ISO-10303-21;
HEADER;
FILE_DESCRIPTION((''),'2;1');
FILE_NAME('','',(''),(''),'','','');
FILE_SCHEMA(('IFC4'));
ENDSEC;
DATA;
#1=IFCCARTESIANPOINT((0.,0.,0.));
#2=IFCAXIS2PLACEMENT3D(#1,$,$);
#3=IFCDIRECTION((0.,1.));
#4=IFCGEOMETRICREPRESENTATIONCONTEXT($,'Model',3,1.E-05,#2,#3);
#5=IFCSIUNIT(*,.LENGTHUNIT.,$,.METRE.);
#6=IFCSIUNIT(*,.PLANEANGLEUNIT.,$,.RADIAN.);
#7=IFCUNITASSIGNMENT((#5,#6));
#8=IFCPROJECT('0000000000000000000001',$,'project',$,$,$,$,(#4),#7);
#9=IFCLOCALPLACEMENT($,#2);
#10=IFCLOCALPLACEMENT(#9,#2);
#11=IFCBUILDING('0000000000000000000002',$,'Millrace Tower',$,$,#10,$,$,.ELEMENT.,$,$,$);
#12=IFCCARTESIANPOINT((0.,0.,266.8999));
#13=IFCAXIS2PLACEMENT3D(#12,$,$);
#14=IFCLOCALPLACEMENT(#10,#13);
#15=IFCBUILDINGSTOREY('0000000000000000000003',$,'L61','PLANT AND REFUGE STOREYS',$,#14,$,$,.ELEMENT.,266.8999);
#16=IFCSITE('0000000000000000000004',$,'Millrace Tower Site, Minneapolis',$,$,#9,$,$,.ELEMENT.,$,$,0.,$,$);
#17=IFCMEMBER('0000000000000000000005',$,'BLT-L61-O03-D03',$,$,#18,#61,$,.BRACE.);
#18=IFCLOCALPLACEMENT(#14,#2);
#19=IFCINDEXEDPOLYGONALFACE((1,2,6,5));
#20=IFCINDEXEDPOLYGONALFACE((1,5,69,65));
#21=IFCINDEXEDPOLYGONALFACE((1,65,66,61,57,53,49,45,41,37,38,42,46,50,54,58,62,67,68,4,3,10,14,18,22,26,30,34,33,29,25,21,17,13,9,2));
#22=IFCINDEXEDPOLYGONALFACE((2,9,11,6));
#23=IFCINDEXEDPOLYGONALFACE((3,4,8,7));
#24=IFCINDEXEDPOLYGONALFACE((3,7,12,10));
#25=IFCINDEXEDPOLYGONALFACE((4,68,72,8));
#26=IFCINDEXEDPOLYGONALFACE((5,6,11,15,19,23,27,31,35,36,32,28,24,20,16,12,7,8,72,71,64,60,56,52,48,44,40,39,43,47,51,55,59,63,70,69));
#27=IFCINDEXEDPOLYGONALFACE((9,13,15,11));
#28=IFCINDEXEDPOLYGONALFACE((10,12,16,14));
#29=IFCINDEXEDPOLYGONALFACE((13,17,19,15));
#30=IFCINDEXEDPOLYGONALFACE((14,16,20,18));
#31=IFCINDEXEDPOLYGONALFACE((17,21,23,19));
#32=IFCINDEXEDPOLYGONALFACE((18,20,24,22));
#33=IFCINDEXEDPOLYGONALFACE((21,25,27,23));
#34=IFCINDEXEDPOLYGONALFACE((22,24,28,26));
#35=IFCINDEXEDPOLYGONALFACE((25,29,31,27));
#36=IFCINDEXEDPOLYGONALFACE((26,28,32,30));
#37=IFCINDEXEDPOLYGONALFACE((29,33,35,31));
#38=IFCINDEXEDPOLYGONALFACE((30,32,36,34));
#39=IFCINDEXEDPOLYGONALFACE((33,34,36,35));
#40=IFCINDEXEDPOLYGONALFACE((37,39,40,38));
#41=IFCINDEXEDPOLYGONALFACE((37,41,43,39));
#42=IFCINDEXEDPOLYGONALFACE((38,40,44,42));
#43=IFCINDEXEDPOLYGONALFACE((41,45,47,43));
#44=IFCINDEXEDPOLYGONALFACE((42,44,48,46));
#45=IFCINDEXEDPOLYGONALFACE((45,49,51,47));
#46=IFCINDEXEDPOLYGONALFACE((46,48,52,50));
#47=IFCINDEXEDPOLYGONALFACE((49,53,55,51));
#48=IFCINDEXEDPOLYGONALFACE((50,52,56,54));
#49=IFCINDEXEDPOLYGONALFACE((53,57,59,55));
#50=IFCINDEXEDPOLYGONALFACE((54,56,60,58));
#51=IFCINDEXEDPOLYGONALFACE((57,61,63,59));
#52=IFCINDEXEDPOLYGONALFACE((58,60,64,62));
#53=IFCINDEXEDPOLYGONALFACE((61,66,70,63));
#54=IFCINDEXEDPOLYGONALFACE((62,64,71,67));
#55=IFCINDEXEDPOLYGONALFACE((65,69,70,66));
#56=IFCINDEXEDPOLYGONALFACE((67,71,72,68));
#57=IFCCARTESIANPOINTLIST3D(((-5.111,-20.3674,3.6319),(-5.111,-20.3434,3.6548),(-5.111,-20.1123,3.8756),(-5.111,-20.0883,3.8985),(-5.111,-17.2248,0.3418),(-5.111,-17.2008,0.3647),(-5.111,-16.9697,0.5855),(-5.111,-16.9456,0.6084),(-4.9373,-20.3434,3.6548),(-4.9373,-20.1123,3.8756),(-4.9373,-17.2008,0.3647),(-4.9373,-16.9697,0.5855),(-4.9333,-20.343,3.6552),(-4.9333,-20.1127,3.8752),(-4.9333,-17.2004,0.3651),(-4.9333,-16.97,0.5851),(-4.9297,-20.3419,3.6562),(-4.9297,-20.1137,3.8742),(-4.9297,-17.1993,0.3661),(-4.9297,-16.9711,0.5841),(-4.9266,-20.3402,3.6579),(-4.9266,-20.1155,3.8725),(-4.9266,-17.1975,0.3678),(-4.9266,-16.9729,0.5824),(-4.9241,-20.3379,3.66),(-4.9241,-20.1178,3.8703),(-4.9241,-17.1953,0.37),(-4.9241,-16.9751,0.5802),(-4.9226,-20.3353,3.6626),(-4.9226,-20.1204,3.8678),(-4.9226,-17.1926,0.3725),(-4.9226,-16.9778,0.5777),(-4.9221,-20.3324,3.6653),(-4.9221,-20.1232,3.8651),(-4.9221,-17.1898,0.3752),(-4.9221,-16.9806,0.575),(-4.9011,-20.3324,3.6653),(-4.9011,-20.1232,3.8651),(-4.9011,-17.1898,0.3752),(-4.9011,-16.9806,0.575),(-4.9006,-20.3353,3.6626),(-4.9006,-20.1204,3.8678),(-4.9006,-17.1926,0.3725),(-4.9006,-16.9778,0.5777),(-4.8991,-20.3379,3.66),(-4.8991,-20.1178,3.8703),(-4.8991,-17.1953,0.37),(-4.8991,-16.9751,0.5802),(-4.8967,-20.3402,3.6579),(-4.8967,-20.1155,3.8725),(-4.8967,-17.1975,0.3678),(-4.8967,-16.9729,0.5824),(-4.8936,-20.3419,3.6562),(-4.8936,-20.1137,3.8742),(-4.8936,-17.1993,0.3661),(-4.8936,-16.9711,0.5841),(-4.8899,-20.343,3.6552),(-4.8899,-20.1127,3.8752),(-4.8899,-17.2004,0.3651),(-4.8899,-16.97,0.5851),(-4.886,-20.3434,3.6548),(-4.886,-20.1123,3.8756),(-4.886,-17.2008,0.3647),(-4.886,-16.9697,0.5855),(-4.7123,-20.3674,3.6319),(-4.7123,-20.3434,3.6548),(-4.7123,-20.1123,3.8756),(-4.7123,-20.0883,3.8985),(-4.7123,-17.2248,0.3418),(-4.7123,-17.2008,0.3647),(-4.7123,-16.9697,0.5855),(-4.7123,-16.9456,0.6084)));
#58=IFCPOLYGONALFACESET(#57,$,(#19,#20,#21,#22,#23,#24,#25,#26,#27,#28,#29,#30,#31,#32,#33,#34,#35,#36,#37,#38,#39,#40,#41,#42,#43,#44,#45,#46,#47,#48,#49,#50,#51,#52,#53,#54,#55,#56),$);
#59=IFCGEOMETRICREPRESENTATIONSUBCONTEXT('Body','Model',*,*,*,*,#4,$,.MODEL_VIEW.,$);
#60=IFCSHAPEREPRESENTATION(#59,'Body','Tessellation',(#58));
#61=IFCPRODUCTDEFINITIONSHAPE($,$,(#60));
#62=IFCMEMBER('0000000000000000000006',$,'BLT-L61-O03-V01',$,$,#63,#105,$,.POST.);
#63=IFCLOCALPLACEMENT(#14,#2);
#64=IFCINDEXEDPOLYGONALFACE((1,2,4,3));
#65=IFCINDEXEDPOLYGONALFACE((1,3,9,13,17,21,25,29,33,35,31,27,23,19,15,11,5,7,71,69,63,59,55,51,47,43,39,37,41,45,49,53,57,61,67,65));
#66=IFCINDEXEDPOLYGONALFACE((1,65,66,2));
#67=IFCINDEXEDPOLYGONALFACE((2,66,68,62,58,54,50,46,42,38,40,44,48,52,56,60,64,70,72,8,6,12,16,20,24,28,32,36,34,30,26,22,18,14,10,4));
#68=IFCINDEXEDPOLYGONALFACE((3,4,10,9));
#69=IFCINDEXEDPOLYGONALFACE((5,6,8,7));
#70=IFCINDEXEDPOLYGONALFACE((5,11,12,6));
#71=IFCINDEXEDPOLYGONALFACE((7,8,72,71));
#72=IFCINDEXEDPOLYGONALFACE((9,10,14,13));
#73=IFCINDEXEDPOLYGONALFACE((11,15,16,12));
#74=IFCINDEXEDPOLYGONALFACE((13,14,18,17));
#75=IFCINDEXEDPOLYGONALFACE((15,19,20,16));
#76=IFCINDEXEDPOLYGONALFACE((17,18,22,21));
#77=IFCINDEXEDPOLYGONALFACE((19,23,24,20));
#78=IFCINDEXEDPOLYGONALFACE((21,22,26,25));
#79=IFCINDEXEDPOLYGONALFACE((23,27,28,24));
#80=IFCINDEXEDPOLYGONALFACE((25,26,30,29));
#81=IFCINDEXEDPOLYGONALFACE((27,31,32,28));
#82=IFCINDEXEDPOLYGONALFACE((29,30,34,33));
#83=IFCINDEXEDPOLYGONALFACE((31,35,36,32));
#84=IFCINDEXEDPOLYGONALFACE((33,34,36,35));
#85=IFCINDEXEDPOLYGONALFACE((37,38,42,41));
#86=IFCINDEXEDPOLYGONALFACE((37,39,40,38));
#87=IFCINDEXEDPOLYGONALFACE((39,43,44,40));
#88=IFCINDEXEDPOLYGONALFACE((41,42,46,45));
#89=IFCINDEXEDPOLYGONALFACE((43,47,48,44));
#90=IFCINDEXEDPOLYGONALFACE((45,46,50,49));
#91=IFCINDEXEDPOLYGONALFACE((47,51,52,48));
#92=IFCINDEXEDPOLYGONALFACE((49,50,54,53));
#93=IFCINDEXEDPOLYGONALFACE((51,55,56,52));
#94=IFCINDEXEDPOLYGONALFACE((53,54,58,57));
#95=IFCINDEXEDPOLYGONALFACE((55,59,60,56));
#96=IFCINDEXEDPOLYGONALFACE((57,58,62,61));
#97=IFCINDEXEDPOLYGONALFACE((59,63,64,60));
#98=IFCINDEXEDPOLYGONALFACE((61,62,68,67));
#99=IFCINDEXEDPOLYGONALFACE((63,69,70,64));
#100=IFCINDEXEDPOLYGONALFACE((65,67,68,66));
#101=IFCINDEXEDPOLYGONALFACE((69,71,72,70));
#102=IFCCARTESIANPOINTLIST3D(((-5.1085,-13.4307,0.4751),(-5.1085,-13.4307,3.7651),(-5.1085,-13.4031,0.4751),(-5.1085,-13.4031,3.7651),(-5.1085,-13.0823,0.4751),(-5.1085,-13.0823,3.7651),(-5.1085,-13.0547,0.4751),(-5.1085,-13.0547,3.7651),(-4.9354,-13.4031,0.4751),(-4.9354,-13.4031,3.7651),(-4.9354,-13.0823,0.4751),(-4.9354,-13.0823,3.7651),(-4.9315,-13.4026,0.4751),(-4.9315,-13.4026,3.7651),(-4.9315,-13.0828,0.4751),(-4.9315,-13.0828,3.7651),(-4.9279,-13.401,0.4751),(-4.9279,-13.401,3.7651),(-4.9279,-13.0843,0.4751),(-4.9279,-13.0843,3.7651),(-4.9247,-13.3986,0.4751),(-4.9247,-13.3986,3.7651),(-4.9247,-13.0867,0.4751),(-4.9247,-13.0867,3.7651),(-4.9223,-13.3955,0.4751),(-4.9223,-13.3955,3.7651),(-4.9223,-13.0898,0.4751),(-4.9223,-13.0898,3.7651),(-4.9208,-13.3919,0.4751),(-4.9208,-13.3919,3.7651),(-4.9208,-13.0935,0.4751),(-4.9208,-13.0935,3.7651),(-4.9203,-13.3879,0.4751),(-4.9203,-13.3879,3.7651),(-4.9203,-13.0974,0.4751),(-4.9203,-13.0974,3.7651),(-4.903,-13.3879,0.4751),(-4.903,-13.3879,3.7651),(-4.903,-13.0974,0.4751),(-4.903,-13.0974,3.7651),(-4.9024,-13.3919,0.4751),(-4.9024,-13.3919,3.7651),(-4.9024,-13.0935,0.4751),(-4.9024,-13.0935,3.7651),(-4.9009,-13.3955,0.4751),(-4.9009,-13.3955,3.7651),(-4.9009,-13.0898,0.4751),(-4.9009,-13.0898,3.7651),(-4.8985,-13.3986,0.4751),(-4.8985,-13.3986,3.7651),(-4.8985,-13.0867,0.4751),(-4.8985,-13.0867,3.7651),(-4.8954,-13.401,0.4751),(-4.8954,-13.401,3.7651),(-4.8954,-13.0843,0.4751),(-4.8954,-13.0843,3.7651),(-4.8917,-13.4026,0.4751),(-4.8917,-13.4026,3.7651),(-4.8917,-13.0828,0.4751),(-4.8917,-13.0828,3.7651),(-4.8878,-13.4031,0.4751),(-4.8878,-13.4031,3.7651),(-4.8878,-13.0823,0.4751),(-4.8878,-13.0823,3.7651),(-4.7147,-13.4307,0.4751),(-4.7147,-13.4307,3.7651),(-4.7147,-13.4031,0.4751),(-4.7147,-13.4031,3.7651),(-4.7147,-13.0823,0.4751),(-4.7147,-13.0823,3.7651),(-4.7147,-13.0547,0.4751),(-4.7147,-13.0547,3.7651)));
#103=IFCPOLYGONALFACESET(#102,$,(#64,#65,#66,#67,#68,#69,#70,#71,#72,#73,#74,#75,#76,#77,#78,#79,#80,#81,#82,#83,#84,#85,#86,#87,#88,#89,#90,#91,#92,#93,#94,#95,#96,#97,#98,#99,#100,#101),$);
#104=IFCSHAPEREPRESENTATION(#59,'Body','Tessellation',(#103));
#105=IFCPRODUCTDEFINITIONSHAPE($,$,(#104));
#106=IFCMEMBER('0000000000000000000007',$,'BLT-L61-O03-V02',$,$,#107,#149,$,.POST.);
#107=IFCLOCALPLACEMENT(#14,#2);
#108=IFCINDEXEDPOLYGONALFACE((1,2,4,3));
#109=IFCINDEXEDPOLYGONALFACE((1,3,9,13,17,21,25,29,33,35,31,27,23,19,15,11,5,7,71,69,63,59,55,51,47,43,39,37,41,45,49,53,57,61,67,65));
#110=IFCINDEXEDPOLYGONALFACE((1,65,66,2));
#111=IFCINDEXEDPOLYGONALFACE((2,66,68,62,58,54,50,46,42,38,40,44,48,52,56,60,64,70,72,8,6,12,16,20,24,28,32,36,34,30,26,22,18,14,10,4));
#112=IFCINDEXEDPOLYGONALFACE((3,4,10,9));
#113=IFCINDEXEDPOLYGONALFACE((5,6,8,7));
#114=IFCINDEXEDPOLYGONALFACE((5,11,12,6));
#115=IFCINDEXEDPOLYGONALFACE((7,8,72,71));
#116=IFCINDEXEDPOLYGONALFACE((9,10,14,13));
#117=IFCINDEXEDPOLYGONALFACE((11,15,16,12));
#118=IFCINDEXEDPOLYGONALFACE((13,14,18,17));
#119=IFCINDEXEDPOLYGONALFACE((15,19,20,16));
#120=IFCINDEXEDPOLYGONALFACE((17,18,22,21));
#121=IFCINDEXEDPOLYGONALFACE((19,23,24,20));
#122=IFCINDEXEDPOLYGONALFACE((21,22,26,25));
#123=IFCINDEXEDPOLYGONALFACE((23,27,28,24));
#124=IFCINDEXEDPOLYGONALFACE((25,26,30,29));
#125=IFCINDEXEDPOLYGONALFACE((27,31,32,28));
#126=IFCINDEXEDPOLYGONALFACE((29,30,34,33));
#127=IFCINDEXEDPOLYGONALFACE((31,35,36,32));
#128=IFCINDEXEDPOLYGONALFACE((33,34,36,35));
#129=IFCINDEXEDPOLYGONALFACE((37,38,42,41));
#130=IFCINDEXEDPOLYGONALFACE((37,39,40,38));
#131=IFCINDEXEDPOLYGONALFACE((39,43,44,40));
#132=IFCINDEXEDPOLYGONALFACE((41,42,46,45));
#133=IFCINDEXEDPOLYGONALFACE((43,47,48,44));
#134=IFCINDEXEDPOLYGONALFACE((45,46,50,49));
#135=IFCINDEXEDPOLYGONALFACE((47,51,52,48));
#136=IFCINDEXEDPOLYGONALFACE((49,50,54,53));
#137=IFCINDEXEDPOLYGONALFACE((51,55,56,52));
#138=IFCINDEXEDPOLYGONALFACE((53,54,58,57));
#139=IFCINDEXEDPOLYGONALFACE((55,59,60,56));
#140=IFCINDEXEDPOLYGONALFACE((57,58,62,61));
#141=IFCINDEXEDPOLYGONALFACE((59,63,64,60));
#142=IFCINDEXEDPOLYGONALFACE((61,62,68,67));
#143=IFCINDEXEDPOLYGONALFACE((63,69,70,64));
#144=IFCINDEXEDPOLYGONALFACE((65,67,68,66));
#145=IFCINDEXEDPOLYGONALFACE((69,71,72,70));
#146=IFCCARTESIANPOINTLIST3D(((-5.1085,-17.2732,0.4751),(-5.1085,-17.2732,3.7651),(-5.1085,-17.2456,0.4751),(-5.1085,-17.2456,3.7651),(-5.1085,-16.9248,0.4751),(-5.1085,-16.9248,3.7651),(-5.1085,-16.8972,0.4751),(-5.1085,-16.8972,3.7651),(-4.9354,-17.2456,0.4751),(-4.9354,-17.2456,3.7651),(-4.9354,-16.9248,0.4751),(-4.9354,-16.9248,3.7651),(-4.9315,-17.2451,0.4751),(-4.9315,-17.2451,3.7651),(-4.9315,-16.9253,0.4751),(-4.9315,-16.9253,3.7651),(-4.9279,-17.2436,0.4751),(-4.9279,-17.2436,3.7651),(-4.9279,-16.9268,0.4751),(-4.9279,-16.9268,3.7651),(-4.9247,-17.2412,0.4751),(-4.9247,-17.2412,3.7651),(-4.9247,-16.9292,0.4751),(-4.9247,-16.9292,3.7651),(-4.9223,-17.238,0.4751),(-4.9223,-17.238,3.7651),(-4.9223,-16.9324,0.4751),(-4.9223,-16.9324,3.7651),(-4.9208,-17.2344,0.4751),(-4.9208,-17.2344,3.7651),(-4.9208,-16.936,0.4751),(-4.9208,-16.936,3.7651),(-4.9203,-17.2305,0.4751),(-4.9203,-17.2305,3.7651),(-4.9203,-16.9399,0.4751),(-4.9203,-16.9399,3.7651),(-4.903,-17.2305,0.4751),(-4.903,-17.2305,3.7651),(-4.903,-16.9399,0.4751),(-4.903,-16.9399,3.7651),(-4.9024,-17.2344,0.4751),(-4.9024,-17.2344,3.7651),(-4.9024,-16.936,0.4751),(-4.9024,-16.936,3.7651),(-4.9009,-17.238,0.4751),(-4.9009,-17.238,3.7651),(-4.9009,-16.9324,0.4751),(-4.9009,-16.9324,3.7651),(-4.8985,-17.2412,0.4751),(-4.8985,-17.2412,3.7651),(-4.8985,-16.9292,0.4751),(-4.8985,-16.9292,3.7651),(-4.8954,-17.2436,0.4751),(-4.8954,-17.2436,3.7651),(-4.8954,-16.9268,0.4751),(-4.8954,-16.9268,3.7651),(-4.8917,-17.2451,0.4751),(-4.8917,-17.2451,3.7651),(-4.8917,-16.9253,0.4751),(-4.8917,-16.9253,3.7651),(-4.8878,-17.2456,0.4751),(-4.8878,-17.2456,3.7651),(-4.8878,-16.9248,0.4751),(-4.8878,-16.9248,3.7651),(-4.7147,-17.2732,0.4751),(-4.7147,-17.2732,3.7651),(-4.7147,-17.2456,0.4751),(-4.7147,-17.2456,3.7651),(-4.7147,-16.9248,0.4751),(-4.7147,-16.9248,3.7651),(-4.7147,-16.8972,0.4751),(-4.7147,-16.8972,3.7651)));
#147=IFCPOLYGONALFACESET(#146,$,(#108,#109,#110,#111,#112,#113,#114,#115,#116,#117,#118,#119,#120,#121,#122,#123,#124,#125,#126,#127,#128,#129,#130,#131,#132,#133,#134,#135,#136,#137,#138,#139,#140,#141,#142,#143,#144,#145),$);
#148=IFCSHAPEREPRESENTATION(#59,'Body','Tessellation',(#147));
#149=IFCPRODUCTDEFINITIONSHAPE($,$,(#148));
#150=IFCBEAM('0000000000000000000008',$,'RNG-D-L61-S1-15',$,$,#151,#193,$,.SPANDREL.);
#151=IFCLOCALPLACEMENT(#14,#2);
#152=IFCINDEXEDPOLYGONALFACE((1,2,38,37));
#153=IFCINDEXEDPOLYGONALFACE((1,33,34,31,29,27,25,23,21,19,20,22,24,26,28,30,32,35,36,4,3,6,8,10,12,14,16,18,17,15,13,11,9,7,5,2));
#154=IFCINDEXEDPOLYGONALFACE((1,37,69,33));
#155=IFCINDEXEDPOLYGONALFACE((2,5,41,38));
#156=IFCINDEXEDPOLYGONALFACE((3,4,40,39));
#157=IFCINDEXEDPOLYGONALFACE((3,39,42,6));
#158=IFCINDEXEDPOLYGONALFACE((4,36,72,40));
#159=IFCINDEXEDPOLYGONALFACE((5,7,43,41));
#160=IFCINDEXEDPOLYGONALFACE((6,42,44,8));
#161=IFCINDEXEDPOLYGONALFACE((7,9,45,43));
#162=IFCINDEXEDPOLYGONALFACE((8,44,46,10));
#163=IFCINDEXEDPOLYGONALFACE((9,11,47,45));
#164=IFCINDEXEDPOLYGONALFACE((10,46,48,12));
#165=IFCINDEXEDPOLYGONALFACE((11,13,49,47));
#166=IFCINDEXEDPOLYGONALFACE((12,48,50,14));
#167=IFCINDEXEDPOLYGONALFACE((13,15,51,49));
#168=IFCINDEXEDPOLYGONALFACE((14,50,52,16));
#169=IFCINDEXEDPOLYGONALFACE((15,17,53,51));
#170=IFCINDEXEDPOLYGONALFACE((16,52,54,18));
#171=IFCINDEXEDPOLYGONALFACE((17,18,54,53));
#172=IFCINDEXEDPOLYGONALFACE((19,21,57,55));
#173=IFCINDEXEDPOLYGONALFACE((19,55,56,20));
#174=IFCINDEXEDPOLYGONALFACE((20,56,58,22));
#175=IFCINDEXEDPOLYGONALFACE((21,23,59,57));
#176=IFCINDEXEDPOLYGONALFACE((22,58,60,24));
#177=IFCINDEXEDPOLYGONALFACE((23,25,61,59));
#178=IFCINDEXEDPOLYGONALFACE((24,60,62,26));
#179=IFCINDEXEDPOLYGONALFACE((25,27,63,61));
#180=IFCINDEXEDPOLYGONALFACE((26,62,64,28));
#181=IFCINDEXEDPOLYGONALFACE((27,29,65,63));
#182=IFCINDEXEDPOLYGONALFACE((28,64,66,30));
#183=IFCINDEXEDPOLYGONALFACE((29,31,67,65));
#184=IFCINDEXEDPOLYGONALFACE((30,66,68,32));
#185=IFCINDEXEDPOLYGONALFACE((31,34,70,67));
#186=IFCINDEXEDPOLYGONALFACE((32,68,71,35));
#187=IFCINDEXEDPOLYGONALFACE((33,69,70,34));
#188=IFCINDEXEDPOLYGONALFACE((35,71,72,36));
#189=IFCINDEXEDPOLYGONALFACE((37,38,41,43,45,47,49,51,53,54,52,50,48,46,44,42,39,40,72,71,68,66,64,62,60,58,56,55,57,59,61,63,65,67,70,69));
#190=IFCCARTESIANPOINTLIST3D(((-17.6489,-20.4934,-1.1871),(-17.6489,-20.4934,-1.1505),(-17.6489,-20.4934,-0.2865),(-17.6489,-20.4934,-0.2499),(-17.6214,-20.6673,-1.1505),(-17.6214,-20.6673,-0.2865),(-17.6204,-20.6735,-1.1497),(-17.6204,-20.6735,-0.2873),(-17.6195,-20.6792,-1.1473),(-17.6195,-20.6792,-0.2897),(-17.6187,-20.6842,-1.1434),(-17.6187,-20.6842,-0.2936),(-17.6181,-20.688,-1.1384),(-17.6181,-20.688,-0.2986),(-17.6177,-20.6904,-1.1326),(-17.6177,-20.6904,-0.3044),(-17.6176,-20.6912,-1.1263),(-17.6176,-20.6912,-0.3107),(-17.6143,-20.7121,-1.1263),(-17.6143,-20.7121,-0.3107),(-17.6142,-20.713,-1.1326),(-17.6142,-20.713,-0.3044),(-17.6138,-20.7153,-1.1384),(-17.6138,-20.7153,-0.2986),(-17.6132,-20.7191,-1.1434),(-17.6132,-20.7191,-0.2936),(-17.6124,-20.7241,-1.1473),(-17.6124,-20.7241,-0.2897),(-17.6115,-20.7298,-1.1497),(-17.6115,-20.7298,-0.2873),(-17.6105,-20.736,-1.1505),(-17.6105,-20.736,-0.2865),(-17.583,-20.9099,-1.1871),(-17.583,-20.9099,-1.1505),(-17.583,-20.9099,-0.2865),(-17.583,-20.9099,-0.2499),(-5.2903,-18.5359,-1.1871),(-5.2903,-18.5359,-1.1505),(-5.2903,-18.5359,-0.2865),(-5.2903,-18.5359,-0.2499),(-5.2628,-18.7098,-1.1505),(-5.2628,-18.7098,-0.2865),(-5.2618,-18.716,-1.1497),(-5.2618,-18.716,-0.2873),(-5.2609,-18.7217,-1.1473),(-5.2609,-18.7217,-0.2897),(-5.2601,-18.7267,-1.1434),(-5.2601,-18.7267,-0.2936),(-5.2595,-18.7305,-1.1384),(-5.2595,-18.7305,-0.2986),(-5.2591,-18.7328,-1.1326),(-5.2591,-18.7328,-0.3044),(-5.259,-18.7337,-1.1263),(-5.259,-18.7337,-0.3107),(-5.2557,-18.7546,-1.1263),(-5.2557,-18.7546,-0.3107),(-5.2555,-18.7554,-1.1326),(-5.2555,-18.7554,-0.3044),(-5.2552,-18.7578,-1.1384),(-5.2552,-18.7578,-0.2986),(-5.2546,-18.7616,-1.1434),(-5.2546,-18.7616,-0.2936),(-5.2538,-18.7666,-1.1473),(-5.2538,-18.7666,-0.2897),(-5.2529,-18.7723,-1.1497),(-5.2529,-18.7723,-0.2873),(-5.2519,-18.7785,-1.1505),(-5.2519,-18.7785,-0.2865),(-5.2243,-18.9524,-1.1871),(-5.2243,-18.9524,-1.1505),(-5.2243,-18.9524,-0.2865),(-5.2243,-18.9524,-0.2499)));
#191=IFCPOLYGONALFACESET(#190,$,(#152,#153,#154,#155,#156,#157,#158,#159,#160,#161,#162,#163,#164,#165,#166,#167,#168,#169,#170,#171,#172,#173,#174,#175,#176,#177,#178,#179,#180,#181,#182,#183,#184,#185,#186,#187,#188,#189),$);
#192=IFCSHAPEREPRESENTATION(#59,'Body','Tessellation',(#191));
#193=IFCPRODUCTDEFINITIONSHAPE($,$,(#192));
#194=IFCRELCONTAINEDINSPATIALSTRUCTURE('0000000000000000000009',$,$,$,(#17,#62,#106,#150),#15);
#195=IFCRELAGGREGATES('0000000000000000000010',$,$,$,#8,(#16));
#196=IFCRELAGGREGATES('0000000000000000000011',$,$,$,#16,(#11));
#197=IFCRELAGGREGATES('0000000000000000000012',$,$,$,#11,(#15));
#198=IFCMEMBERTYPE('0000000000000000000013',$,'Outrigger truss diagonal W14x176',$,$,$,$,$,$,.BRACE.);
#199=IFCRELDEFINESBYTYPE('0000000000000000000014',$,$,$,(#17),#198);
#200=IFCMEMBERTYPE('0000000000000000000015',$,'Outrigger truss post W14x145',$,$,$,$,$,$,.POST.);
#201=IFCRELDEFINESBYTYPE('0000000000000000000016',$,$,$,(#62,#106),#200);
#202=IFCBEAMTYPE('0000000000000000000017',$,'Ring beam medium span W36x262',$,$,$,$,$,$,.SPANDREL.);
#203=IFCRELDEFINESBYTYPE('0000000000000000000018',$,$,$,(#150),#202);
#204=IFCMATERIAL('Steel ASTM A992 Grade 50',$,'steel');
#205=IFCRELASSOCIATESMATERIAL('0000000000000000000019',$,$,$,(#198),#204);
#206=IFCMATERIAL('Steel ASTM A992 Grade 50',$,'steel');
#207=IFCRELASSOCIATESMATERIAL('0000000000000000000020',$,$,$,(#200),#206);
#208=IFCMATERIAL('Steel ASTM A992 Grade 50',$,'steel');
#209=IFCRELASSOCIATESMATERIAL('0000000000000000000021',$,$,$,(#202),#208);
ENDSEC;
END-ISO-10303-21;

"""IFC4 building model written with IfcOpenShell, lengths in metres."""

from ifc_helpers import new_model, si_unit, direction, frame, origin, origin_2d, place, context, subcontext, project, spatial, i_section, extrude, material, material_profile, profile_set, type_object, element, save


model = new_model("IFC4")

# Units and contexts
model_context = context("Model", 3, precision=1e-05, world=origin(), true_north=direction((0.0, 1.0)))
body_context = subcontext(model_context, "Body", "Model", "MODEL_VIEW")
ifc_project = project(units=[si_unit("LENGTHUNIT", "METRE"), si_unit("PLANEANGLEUNIT", "RADIAN")], contexts=[model_context])

# Site, building, storey
site_placement = place(None, origin())
site = spatial("IfcSite", under=ifc_project, at=site_placement, Name="Millrace Tower Site, Minneapolis", CompositionType="ELEMENT", RefElevation=0.0)
building_placement = place(site_placement, origin())
building = spatial("IfcBuilding", under=site, at=building_placement, Name="Millrace Tower", CompositionType="ELEMENT")
storey_placement = place(building_placement, frame((0.0, 0.0, 266.8999)))
storey = spatial("IfcBuildingStorey", under=building, at=storey_placement, Name="L61", Description="PLANT AND REFUGE STOREYS", CompositionType="ELEMENT", Elevation=266.8999)

# Members
ifc_material_1 = material(Name="Steel ASTM A992 Grade 50", Category="steel")
ifc_material_profile_1 = material_profile(ifc_material_1, i_section(OverallWidth=0.3987, OverallDepth=0.386, WebThickness=0.021, FlangeThickness=0.0332, FilletRadius=0.0151, at=origin_2d()))
ifc_profile_set_1 = profile_set([ifc_material_profile_1], Name="Steel ASTM A992 Grade 50")
member_type_1 = type_object("IfcMemberType", Name="Outrigger truss diagonal W14x176", PredefinedType="BRACE", material=ifc_profile_set_1)
member_1_placement = place(storey_placement, frame((-4.9116, -17.0852, 0.4751), z_axis=(0.0, -0.690716, 0.723126), x_axis=(1.0, 0.0, 0.0)))
element("IfcMember", 1, at=member_1_placement, inside=storey, type_object=member_type_1, Name="BLT-L61-O03-D03", PredefinedType="BRACE", context=body_context, shape_type="SweptSolid", body=[
    extrude(i_section(OverallWidth=0.3987, OverallDepth=0.386, WebThickness=0.021, FlangeThickness=0.0332, FilletRadius=0.0151, at=origin_2d()), origin(), (0.0, 0.0, 1.0), 4.5498),
])
ifc_material_2 = material(Name="Steel ASTM A992 Grade 50", Category="steel")
ifc_material_profile_2 = material_profile(ifc_material_2, i_section(OverallWidth=0.3938, OverallDepth=0.376, WebThickness=0.0173, FlangeThickness=0.0276, FilletRadius=0.0151, at=origin_2d()))
ifc_profile_set_2 = profile_set([ifc_material_profile_2], Name="Steel ASTM A992 Grade 50")
member_type_2 = type_object("IfcMemberType", Name="Outrigger truss post W14x145", PredefinedType="POST", material=ifc_profile_set_2)
for number, where, z_axis, x_axis, name in (
    (2, (-4.9116, -13.2427, 0.4751), (0.0, 0.0, 1.0), (1.0, 0.0, 0.0), "BLT-L61-O03-V01"),
    (3, (-4.9116, -17.0852, 0.4751), (0.0, 0.0, 1.0), (1.0, 0.0, 0.0), "BLT-L61-O03-V02"),
):
    element("IfcMember", number, at=place(storey_placement, frame(where, z_axis=z_axis, x_axis=x_axis)), inside=storey, type_object=member_type_2, Name=name, PredefinedType="POST", context=body_context, shape_type="SweptSolid", body=[
        extrude(i_section(OverallWidth=0.3938, OverallDepth=0.376, WebThickness=0.0173, FlangeThickness=0.0276, FilletRadius=0.0151, at=origin_2d()), origin(), (0.0, 0.0, 1.0), 3.29),
    ])

# Beam
ifc_material_3 = material(Name="Steel ASTM A992 Grade 50", Category="steel")
ifc_material_profile_3 = material_profile(ifc_material_3, i_section(OverallWidth=0.4216, OverallDepth=0.9373, WebThickness=0.0212, FlangeThickness=0.0366, FilletRadius=0.0242, at=origin_2d()))
ifc_profile_set_3 = profile_set([ifc_material_profile_3], Name="Steel ASTM A992 Grade 50")
beam_type_1 = type_object("IfcBeamType", Name="Ring beam medium span W36x262", PredefinedType="SPANDREL", material=ifc_profile_set_3)
beam_1_placement = place(storey_placement, frame((-5.2573, -18.7441, -0.7185), z_axis=(-0.987687, -0.156442, 0.0), x_axis=(0.156442, -0.987687, 0.0)))
element("IfcBeam", 4, at=beam_1_placement, inside=storey, type_object=beam_type_1, Name="RNG-D-L61-S1-15", PredefinedType="SPANDREL", context=body_context, shape_type="SweptSolid", body=[
    extrude(i_section(OverallWidth=0.4216, OverallDepth=0.9373, WebThickness=0.0212, FlangeThickness=0.0366, FilletRadius=0.0242, at=origin_2d()), origin(), (0.0, 0.0, 1.0), 12.5127),
])

save(model, "model.ifc")
